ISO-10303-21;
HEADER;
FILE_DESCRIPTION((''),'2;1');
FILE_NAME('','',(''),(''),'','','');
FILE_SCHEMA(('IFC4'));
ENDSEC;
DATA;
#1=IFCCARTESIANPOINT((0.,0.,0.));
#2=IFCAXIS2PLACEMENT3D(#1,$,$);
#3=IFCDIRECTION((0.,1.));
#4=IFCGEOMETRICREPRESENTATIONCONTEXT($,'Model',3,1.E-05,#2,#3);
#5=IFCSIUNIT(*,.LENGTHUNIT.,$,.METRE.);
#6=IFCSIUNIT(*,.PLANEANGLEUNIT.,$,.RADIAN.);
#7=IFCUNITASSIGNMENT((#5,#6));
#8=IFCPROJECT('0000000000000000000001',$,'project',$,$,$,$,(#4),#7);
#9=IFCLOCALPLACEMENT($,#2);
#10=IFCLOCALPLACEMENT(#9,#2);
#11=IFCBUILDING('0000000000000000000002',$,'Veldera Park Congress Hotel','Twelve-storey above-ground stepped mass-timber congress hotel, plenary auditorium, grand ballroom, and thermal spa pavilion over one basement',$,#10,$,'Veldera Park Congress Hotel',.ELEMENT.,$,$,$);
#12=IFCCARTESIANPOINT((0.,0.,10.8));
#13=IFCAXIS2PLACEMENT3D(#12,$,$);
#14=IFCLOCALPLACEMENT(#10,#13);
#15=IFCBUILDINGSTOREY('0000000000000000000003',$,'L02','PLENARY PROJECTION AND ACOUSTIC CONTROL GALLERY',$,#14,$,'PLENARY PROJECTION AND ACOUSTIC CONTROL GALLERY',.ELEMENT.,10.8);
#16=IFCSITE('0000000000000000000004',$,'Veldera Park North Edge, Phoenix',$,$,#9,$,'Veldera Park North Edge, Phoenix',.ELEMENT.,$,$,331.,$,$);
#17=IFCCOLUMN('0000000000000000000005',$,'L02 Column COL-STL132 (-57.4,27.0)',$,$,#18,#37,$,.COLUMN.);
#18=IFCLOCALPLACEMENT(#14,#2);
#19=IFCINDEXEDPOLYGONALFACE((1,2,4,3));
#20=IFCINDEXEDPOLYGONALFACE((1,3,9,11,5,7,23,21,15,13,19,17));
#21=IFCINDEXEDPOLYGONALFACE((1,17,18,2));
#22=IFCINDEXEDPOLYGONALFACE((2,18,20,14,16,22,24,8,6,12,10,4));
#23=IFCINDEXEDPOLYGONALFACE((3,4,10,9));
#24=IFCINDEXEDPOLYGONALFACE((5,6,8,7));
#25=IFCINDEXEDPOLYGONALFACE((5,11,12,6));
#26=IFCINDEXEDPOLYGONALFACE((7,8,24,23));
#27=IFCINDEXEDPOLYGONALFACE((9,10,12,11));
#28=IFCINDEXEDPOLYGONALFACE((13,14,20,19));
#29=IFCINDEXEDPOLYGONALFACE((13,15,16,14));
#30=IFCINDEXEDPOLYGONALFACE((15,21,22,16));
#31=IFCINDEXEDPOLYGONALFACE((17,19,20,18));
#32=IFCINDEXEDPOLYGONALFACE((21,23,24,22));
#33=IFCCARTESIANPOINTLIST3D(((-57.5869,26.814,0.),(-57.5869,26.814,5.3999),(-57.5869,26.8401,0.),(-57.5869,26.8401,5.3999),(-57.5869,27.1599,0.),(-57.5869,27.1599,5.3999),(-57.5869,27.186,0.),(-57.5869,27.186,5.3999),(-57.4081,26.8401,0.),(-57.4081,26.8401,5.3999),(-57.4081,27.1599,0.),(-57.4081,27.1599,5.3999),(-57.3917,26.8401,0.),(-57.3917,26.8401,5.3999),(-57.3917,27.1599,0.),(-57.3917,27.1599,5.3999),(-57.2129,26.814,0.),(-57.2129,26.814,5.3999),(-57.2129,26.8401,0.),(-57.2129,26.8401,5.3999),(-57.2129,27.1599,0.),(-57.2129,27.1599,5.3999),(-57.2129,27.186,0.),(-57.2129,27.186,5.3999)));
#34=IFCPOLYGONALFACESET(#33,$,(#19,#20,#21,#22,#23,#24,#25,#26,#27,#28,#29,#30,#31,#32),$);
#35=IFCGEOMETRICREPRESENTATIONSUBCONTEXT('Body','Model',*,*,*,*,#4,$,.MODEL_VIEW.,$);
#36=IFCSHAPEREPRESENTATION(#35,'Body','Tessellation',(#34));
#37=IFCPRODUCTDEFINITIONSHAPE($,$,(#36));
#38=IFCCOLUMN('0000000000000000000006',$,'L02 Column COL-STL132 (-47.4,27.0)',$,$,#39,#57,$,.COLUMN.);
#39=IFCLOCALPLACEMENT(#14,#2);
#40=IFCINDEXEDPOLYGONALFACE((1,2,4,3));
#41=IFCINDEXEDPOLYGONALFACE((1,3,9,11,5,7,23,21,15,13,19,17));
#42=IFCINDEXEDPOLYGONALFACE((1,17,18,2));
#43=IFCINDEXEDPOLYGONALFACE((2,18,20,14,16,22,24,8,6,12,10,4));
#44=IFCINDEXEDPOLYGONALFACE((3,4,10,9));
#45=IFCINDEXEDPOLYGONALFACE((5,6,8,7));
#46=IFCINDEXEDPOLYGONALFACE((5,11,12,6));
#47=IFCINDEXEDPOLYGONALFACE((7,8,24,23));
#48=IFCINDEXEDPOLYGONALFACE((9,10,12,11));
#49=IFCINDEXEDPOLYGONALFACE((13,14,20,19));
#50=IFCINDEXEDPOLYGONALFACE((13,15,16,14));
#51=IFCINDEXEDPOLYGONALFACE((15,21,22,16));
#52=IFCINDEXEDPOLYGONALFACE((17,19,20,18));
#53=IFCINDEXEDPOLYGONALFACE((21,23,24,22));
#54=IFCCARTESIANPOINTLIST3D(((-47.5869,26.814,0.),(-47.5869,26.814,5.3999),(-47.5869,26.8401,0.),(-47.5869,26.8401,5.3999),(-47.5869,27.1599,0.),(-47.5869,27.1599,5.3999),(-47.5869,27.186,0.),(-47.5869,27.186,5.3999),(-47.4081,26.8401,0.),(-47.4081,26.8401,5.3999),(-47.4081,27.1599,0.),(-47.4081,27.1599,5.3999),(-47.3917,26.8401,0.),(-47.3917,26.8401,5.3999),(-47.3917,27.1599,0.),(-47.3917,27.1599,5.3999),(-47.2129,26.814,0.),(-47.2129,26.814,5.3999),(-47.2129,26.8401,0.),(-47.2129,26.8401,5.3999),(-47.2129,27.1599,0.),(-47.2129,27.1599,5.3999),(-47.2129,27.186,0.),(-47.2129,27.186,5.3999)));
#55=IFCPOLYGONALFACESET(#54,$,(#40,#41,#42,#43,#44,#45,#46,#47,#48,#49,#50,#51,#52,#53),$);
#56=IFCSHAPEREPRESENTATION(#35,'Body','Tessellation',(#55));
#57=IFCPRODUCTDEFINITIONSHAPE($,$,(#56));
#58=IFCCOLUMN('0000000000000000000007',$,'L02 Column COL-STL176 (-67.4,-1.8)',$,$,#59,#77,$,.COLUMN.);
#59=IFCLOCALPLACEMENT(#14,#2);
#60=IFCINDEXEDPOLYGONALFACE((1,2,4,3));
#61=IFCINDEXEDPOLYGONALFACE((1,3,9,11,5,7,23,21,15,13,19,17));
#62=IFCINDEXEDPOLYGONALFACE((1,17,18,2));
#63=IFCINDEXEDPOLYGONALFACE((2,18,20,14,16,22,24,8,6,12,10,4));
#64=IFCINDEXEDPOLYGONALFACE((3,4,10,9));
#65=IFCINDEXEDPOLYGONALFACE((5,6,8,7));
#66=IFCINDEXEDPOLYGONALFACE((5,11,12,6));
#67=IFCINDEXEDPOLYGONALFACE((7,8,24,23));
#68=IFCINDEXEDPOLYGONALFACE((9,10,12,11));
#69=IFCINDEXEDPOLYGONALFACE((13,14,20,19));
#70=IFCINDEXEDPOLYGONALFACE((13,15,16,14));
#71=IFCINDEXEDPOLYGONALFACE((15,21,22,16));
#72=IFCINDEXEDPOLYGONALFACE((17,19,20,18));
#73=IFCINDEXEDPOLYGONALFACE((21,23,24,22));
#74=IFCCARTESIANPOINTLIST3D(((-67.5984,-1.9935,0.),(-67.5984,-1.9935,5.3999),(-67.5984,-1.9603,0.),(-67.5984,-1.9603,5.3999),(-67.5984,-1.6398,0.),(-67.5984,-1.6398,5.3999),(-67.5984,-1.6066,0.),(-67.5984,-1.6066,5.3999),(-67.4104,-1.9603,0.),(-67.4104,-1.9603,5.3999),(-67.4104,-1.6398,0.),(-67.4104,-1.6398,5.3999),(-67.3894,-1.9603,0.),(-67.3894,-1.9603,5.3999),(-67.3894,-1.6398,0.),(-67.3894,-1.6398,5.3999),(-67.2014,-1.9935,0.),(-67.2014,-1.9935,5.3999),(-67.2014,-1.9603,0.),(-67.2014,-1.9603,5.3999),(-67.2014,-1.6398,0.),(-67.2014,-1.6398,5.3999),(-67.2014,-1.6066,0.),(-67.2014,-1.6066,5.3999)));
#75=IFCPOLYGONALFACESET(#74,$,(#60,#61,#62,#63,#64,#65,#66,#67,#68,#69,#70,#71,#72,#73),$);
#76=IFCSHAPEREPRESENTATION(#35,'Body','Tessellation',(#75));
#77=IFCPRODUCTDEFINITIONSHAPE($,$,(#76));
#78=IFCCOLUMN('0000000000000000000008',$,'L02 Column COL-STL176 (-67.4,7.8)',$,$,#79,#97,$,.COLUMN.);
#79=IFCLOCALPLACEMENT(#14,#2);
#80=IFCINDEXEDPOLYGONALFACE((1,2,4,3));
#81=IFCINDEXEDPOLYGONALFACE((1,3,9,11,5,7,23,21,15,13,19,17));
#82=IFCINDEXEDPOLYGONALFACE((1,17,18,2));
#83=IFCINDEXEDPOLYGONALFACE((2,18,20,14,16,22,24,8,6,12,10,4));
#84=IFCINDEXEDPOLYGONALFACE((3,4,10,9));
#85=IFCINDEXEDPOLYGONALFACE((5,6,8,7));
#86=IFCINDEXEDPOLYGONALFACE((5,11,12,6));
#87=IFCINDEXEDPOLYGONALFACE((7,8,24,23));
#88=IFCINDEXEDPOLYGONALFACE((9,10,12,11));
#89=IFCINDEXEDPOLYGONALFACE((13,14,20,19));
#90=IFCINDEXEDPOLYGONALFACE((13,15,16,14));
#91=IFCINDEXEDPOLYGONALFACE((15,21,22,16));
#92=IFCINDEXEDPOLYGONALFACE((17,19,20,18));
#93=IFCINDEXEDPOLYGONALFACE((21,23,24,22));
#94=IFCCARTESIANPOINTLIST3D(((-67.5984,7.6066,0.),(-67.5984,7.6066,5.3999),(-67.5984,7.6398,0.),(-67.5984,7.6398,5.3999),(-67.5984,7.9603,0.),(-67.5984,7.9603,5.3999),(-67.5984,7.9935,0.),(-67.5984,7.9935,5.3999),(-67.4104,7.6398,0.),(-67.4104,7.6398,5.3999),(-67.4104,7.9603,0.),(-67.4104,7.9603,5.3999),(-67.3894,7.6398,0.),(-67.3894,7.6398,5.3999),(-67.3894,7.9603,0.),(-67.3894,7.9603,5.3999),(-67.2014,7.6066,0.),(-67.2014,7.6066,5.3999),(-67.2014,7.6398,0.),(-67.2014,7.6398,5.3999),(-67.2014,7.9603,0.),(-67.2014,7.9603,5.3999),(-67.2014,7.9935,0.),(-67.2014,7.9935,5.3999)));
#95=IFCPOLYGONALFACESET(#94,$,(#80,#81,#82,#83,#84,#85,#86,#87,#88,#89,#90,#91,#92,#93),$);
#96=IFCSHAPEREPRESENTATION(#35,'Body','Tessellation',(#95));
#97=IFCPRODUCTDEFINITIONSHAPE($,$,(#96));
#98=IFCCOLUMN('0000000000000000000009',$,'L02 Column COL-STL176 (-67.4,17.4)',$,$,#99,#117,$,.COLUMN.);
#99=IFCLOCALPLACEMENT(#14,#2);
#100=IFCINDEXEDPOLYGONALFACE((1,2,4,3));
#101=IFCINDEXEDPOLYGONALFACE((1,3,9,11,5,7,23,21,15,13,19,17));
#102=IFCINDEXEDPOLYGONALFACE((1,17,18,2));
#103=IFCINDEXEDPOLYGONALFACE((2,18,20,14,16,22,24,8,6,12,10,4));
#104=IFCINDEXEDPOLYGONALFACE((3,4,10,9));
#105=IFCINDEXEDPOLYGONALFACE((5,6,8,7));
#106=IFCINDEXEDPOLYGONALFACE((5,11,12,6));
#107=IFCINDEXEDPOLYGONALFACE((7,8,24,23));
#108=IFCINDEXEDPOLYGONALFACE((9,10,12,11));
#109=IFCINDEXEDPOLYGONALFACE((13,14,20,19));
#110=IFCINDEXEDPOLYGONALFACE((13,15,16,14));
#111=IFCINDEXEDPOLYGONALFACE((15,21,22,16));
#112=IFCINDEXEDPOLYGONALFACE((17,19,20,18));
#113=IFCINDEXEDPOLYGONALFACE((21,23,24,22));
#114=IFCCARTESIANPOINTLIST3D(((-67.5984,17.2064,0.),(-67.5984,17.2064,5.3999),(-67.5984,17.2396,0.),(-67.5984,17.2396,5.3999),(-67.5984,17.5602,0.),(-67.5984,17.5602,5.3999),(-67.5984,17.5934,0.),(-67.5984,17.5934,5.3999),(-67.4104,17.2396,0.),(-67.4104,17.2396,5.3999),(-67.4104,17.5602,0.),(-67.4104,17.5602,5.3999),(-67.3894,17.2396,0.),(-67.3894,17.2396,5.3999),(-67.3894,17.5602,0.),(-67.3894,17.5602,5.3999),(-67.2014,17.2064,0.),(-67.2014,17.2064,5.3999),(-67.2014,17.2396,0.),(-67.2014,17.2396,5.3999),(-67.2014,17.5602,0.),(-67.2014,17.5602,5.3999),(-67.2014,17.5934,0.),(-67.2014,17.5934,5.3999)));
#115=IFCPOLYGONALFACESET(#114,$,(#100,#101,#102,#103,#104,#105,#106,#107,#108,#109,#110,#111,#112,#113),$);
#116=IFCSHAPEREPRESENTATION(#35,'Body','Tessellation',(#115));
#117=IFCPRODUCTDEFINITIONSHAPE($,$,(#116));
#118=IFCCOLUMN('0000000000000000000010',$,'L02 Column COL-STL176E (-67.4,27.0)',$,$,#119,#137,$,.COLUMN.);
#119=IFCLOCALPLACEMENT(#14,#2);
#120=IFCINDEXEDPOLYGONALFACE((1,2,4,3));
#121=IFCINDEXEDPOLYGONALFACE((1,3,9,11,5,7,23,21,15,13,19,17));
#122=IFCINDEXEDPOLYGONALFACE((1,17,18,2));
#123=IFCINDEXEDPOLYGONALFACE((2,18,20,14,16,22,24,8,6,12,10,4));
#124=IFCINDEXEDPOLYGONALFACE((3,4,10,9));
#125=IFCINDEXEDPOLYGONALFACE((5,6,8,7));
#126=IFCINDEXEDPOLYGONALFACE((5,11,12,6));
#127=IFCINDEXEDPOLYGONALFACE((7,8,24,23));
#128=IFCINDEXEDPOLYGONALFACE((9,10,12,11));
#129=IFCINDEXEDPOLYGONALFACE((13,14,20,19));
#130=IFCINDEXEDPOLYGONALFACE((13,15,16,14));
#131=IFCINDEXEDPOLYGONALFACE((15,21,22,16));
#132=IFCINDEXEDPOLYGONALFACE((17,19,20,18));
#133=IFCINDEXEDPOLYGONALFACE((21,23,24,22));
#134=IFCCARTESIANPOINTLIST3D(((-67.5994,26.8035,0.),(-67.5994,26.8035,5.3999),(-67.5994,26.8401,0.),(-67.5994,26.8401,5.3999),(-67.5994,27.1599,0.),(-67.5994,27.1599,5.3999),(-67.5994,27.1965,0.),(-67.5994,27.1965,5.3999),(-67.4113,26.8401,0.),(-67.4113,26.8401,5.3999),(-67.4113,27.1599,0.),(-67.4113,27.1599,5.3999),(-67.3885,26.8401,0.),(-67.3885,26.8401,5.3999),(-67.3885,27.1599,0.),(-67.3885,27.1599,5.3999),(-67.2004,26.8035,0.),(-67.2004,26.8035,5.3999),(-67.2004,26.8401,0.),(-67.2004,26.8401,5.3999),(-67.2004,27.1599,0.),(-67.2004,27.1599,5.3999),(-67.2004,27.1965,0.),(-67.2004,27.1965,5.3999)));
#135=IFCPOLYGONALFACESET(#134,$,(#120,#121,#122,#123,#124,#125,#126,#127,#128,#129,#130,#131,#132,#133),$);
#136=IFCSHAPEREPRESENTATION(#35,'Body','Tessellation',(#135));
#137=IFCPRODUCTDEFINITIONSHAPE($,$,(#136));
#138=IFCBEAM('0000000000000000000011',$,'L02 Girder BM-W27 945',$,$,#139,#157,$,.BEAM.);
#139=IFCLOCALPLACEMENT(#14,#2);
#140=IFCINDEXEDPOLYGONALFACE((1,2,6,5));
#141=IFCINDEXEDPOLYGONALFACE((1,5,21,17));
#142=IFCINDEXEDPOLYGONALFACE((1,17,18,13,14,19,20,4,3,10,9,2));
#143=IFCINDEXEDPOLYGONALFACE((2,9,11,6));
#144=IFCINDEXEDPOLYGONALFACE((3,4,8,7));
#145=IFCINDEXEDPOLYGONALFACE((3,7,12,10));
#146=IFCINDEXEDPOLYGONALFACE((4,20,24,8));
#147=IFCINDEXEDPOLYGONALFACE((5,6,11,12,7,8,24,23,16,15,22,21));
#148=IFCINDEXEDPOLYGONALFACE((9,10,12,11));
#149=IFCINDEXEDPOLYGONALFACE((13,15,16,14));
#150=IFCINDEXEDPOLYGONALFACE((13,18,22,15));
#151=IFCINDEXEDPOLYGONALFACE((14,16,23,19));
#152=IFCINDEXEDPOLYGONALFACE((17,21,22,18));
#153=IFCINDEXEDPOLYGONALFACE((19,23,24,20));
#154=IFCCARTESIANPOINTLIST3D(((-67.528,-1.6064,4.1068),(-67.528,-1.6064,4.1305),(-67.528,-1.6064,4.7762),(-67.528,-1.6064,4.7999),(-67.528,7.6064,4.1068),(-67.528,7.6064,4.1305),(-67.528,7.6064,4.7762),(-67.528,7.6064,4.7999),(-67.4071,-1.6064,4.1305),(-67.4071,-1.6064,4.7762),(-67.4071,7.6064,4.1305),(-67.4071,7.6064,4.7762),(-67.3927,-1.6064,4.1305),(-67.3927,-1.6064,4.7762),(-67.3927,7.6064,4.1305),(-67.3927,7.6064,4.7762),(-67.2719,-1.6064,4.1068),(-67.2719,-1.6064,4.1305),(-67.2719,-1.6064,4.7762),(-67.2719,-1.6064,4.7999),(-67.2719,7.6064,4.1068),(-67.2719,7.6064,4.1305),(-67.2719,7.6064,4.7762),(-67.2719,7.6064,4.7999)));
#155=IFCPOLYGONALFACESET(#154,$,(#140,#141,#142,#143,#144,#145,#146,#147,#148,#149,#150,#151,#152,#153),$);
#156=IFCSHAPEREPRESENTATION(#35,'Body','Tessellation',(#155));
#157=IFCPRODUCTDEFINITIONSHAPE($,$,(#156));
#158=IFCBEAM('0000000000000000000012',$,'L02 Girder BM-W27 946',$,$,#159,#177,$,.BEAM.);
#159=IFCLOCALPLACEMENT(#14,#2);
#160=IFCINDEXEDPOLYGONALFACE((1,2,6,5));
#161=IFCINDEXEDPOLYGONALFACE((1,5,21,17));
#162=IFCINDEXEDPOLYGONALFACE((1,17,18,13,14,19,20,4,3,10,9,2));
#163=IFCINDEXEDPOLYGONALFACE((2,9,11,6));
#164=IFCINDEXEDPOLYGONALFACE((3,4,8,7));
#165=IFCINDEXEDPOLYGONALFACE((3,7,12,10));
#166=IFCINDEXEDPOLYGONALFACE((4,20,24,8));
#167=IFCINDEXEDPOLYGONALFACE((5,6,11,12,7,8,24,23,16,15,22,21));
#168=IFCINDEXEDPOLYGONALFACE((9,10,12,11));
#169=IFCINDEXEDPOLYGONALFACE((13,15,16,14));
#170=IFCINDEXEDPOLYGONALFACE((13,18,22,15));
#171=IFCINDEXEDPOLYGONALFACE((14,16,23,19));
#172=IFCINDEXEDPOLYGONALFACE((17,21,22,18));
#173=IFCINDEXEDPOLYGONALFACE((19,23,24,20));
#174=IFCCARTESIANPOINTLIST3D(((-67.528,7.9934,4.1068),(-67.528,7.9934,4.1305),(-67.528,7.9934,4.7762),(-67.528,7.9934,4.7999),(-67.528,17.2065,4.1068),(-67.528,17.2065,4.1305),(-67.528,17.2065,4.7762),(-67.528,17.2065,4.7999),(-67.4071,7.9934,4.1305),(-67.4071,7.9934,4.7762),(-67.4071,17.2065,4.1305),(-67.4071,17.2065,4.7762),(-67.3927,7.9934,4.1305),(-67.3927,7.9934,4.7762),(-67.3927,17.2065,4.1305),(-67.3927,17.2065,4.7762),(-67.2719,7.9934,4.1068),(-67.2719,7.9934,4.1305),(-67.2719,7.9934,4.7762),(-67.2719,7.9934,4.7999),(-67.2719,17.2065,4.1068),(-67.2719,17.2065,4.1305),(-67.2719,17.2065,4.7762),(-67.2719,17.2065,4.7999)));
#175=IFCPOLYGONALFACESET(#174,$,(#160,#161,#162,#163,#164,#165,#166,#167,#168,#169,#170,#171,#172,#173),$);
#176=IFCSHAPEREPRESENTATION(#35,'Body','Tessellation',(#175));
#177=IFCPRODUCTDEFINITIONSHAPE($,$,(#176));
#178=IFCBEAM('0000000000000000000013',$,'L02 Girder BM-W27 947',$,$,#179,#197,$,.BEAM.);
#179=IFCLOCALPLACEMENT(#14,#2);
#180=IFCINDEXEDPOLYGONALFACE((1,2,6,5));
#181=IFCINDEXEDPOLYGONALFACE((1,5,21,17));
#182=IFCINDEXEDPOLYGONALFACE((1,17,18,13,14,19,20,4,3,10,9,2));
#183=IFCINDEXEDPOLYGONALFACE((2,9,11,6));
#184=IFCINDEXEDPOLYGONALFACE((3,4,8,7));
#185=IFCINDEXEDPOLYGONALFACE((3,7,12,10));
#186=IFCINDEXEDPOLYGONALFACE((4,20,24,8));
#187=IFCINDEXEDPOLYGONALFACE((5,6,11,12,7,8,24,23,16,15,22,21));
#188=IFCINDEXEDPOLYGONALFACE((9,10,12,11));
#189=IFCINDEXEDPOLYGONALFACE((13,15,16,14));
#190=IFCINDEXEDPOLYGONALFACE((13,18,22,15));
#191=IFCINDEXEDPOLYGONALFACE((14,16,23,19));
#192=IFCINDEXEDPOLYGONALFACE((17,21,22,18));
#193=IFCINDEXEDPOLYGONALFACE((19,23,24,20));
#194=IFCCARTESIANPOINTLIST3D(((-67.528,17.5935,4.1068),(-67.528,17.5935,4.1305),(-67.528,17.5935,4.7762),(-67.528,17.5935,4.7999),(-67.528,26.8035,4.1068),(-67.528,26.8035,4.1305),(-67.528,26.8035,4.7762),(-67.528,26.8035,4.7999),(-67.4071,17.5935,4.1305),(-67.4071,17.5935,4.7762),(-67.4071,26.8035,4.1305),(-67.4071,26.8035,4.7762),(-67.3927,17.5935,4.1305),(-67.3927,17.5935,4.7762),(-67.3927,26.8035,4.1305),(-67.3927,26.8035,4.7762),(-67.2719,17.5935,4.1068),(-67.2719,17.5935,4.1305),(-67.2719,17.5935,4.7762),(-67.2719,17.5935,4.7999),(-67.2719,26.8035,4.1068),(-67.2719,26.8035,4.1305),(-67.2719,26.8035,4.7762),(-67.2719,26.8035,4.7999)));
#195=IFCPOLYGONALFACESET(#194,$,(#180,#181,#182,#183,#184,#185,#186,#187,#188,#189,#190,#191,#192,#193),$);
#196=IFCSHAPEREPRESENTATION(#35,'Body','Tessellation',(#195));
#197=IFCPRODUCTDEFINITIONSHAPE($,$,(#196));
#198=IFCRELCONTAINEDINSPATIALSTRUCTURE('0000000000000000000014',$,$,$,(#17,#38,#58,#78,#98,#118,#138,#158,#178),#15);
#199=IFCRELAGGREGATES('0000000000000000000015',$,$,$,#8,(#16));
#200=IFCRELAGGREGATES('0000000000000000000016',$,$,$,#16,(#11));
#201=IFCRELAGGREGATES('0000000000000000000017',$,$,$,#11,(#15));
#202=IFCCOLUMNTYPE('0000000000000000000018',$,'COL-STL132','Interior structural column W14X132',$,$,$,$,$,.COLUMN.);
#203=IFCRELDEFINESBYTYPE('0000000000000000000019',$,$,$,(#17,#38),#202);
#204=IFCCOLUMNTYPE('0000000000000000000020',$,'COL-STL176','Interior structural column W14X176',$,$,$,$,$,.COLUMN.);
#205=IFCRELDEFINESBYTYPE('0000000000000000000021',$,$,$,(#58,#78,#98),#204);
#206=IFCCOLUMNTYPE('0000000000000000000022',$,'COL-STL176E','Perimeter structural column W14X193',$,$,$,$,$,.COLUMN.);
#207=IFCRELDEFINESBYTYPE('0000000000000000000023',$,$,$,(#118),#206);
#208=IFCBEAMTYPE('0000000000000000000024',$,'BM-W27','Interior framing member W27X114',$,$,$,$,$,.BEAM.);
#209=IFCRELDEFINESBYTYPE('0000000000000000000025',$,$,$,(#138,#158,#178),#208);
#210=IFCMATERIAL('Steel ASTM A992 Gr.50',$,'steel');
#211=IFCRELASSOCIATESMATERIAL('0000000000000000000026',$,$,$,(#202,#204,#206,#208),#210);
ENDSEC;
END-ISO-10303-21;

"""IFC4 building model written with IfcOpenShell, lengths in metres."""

from ifc_helpers import new_model, si_unit, direction, frame, origin, origin_2d, place, context, subcontext, project, spatial, i_section, extrude, material, material_profile, profile_set, type_object, element, save


model = new_model("IFC4")

# Units and contexts
model_context = context("Model", 3, precision=1e-05, world=origin(), true_north=direction((0.0, 1.0)))
body_context = subcontext(model_context, "Body", "Model", "MODEL_VIEW")
ifc_project = project(units=[si_unit("LENGTHUNIT", "METRE"), si_unit("PLANEANGLEUNIT", "RADIAN")], contexts=[model_context])

# Site, building, storey
site_placement = place(None, origin())
site = spatial("IfcSite", under=ifc_project, at=site_placement, Name="Veldera Park North Edge, Phoenix", LongName="Veldera Park North Edge, Phoenix", CompositionType="ELEMENT", RefElevation=331.0)
building_placement = place(site_placement, origin())
building = spatial("IfcBuilding", under=site, at=building_placement, Name="Veldera Park Congress Hotel", Description="Twelve-storey above-ground stepped mass-timber congress hotel, plenary auditorium, grand ballroom, and thermal spa pavilion over one basement", LongName="Veldera Park Congress Hotel", CompositionType="ELEMENT")
storey_placement = place(building_placement, frame((0.0, 0.0, 10.8)))
storey = spatial("IfcBuildingStorey", under=building, at=storey_placement, Name="L02", Description="PLENARY PROJECTION AND ACOUSTIC CONTROL GALLERY", LongName="PLENARY PROJECTION AND ACOUSTIC CONTROL GALLERY", CompositionType="ELEMENT", Elevation=10.8)

# Columns
ifc_material_1 = material(Name="Steel ASTM A992 Gr.50", Category="steel")
ifc_material_profile_1 = material_profile(ifc_material_1, i_section(OverallWidth=0.374, OverallDepth=0.3721, WebThickness=0.0164, FlangeThickness=0.0261, at=origin_2d()), Name="W14X132")
ifc_profile_set_1 = profile_set([ifc_material_profile_1], Name="Steel ASTM A992 Gr.50")
column_type_1 = type_object("IfcColumnType", Name="COL-STL132", Description="Interior structural column W14X132", PredefinedType="COLUMN", material=ifc_profile_set_1)
for number, where, z_axis, x_axis, name in (
    (1, (-57.3999, 27.0, 0.0), (0.0, 0.0, 1.0), (1.0, 0.0, 0.0), "L02 Column COL-STL132 (-57.4,27.0)"),
    (2, (-47.3999, 27.0, 0.0), (0.0, 0.0, 1.0), (1.0, 0.0, 0.0), "L02 Column COL-STL132 (-47.4,27.0)"),
):
    element("IfcColumn", number, at=place(storey_placement, frame(where, z_axis=z_axis, x_axis=x_axis)), inside=storey, type_object=column_type_1, Name=name, PredefinedType="COLUMN", context=body_context, shape_type="SweptSolid", body=[
        extrude(i_section(OverallWidth=0.374, OverallDepth=0.3721, WebThickness=0.0164, FlangeThickness=0.0261, at=origin_2d()), origin(), (0.0, 0.0, 1.0), 5.3999),
    ])
ifc_material_profile_2 = material_profile(ifc_material_1, i_section(OverallWidth=0.397, OverallDepth=0.387, WebThickness=0.021, FlangeThickness=0.0332, at=origin_2d()), Name="W14X176")
ifc_profile_set_2 = profile_set([ifc_material_profile_2], Name="Steel ASTM A992 Gr.50")
column_type_2 = type_object("IfcColumnType", Name="COL-STL176", Description="Interior structural column W14X176", PredefinedType="COLUMN", material=ifc_profile_set_2)
for number, where, z_axis, x_axis, name in (
    (3, (-67.3999, -1.8, 0.0), (0.0, 0.0, 1.0), (1.0, 0.0, 0.0), "L02 Column COL-STL176 (-67.4,-1.8)"),
    (4, (-67.3999, 7.8, 0.0), (0.0, 0.0, 1.0), (1.0, 0.0, 0.0), "L02 Column COL-STL176 (-67.4,7.8)"),
    (5, (-67.3999, 17.3999, 0.0), (0.0, 0.0, 1.0), (1.0, 0.0, 0.0), "L02 Column COL-STL176 (-67.4,17.4)"),
):
    element("IfcColumn", number, at=place(storey_placement, frame(where, z_axis=z_axis, x_axis=x_axis)), inside=storey, type_object=column_type_2, Name=name, PredefinedType="COLUMN", context=body_context, shape_type="SweptSolid", body=[
        extrude(i_section(OverallWidth=0.397, OverallDepth=0.387, WebThickness=0.021, FlangeThickness=0.0332, at=origin_2d()), origin(), (0.0, 0.0, 1.0), 5.3999),
    ])
ifc_material_profile_3 = material_profile(ifc_material_1, i_section(OverallWidth=0.3989, OverallDepth=0.3931, WebThickness=0.0227, FlangeThickness=0.0366, at=origin_2d()), Name="W14X193")
ifc_profile_set_3 = profile_set([ifc_material_profile_3], Name="Steel ASTM A992 Gr.50")
column_type_3 = type_object("IfcColumnType", Name="COL-STL176E", Description="Perimeter structural column W14X193", PredefinedType="COLUMN", material=ifc_profile_set_3)
column_placement = place(storey_placement, frame((-67.3999, 27.0, 0.0), z_axis=(0.0, 0.0, 1.0), x_axis=(1.0, 0.0, 0.0)))
element("IfcColumn", 6, at=column_placement, inside=storey, type_object=column_type_3, Name="L02 Column COL-STL176E (-67.4,27.0)", PredefinedType="COLUMN", context=body_context, shape_type="SweptSolid", body=[
    extrude(i_section(OverallWidth=0.3989, OverallDepth=0.3931, WebThickness=0.0227, FlangeThickness=0.0366, at=origin_2d()), origin(), (0.0, 0.0, 1.0), 5.3999),
])

# Beams
ifc_material_profile_4 = material_profile(ifc_material_1, i_section(OverallWidth=0.2561, OverallDepth=0.6931, WebThickness=0.0144, FlangeThickness=0.0237, at=origin_2d()), Name="W27X114")
ifc_profile_set_4 = profile_set([ifc_material_profile_4], Name="Steel ASTM A992 Gr.50")
beam_type_1 = type_object("IfcBeamType", Name="BM-W27", Description="Interior framing member W27X114", PredefinedType="BEAM", material=ifc_profile_set_4)
beam_1_placement = place(storey_placement, frame((-67.3999, -1.6064, 4.4534), z_axis=(0.0, 1.0, 0.0), x_axis=(-1.0, 0.0, 0.0)))
element("IfcBeam", 7, at=beam_1_placement, inside=storey, type_object=beam_type_1, Name="L02 Girder BM-W27 945", PredefinedType="BEAM", context=body_context, shape_type="SweptSolid", body=[
    extrude(i_section(OverallWidth=0.2561, OverallDepth=0.6931, WebThickness=0.0144, FlangeThickness=0.0237, at=origin_2d()), origin(), (0.0, 0.0, 1.0), 9.2129),
])
beam_2_placement = place(storey_placement, frame((-67.3999, 7.9934, 4.4534), z_axis=(0.0, 1.0, 0.0), x_axis=(-1.0, 0.0, 0.0)))
element("IfcBeam", 8, at=beam_2_placement, inside=storey, type_object=beam_type_1, Name="L02 Girder BM-W27 946", PredefinedType="BEAM", context=body_context, shape_type="SweptSolid", body=[
    extrude(i_section(OverallWidth=0.2561, OverallDepth=0.6931, WebThickness=0.0144, FlangeThickness=0.0237, at=origin_2d()), origin(), (0.0, 0.0, 1.0), 9.2131),
])
beam_3_placement = place(storey_placement, frame((-67.3999, 17.5935, 4.4534), z_axis=(0.0, 1.0, 0.0), x_axis=(-1.0, 0.0, 0.0)))
element("IfcBeam", 9, at=beam_3_placement, inside=storey, type_object=beam_type_1, Name="L02 Girder BM-W27 947", PredefinedType="BEAM", context=body_context, shape_type="SweptSolid", body=[
    extrude(i_section(OverallWidth=0.2561, OverallDepth=0.6931, WebThickness=0.0144, FlangeThickness=0.0237, at=origin_2d()), origin(), (0.0, 0.0, 1.0), 9.21),
])

save(model, "model.ifc")
